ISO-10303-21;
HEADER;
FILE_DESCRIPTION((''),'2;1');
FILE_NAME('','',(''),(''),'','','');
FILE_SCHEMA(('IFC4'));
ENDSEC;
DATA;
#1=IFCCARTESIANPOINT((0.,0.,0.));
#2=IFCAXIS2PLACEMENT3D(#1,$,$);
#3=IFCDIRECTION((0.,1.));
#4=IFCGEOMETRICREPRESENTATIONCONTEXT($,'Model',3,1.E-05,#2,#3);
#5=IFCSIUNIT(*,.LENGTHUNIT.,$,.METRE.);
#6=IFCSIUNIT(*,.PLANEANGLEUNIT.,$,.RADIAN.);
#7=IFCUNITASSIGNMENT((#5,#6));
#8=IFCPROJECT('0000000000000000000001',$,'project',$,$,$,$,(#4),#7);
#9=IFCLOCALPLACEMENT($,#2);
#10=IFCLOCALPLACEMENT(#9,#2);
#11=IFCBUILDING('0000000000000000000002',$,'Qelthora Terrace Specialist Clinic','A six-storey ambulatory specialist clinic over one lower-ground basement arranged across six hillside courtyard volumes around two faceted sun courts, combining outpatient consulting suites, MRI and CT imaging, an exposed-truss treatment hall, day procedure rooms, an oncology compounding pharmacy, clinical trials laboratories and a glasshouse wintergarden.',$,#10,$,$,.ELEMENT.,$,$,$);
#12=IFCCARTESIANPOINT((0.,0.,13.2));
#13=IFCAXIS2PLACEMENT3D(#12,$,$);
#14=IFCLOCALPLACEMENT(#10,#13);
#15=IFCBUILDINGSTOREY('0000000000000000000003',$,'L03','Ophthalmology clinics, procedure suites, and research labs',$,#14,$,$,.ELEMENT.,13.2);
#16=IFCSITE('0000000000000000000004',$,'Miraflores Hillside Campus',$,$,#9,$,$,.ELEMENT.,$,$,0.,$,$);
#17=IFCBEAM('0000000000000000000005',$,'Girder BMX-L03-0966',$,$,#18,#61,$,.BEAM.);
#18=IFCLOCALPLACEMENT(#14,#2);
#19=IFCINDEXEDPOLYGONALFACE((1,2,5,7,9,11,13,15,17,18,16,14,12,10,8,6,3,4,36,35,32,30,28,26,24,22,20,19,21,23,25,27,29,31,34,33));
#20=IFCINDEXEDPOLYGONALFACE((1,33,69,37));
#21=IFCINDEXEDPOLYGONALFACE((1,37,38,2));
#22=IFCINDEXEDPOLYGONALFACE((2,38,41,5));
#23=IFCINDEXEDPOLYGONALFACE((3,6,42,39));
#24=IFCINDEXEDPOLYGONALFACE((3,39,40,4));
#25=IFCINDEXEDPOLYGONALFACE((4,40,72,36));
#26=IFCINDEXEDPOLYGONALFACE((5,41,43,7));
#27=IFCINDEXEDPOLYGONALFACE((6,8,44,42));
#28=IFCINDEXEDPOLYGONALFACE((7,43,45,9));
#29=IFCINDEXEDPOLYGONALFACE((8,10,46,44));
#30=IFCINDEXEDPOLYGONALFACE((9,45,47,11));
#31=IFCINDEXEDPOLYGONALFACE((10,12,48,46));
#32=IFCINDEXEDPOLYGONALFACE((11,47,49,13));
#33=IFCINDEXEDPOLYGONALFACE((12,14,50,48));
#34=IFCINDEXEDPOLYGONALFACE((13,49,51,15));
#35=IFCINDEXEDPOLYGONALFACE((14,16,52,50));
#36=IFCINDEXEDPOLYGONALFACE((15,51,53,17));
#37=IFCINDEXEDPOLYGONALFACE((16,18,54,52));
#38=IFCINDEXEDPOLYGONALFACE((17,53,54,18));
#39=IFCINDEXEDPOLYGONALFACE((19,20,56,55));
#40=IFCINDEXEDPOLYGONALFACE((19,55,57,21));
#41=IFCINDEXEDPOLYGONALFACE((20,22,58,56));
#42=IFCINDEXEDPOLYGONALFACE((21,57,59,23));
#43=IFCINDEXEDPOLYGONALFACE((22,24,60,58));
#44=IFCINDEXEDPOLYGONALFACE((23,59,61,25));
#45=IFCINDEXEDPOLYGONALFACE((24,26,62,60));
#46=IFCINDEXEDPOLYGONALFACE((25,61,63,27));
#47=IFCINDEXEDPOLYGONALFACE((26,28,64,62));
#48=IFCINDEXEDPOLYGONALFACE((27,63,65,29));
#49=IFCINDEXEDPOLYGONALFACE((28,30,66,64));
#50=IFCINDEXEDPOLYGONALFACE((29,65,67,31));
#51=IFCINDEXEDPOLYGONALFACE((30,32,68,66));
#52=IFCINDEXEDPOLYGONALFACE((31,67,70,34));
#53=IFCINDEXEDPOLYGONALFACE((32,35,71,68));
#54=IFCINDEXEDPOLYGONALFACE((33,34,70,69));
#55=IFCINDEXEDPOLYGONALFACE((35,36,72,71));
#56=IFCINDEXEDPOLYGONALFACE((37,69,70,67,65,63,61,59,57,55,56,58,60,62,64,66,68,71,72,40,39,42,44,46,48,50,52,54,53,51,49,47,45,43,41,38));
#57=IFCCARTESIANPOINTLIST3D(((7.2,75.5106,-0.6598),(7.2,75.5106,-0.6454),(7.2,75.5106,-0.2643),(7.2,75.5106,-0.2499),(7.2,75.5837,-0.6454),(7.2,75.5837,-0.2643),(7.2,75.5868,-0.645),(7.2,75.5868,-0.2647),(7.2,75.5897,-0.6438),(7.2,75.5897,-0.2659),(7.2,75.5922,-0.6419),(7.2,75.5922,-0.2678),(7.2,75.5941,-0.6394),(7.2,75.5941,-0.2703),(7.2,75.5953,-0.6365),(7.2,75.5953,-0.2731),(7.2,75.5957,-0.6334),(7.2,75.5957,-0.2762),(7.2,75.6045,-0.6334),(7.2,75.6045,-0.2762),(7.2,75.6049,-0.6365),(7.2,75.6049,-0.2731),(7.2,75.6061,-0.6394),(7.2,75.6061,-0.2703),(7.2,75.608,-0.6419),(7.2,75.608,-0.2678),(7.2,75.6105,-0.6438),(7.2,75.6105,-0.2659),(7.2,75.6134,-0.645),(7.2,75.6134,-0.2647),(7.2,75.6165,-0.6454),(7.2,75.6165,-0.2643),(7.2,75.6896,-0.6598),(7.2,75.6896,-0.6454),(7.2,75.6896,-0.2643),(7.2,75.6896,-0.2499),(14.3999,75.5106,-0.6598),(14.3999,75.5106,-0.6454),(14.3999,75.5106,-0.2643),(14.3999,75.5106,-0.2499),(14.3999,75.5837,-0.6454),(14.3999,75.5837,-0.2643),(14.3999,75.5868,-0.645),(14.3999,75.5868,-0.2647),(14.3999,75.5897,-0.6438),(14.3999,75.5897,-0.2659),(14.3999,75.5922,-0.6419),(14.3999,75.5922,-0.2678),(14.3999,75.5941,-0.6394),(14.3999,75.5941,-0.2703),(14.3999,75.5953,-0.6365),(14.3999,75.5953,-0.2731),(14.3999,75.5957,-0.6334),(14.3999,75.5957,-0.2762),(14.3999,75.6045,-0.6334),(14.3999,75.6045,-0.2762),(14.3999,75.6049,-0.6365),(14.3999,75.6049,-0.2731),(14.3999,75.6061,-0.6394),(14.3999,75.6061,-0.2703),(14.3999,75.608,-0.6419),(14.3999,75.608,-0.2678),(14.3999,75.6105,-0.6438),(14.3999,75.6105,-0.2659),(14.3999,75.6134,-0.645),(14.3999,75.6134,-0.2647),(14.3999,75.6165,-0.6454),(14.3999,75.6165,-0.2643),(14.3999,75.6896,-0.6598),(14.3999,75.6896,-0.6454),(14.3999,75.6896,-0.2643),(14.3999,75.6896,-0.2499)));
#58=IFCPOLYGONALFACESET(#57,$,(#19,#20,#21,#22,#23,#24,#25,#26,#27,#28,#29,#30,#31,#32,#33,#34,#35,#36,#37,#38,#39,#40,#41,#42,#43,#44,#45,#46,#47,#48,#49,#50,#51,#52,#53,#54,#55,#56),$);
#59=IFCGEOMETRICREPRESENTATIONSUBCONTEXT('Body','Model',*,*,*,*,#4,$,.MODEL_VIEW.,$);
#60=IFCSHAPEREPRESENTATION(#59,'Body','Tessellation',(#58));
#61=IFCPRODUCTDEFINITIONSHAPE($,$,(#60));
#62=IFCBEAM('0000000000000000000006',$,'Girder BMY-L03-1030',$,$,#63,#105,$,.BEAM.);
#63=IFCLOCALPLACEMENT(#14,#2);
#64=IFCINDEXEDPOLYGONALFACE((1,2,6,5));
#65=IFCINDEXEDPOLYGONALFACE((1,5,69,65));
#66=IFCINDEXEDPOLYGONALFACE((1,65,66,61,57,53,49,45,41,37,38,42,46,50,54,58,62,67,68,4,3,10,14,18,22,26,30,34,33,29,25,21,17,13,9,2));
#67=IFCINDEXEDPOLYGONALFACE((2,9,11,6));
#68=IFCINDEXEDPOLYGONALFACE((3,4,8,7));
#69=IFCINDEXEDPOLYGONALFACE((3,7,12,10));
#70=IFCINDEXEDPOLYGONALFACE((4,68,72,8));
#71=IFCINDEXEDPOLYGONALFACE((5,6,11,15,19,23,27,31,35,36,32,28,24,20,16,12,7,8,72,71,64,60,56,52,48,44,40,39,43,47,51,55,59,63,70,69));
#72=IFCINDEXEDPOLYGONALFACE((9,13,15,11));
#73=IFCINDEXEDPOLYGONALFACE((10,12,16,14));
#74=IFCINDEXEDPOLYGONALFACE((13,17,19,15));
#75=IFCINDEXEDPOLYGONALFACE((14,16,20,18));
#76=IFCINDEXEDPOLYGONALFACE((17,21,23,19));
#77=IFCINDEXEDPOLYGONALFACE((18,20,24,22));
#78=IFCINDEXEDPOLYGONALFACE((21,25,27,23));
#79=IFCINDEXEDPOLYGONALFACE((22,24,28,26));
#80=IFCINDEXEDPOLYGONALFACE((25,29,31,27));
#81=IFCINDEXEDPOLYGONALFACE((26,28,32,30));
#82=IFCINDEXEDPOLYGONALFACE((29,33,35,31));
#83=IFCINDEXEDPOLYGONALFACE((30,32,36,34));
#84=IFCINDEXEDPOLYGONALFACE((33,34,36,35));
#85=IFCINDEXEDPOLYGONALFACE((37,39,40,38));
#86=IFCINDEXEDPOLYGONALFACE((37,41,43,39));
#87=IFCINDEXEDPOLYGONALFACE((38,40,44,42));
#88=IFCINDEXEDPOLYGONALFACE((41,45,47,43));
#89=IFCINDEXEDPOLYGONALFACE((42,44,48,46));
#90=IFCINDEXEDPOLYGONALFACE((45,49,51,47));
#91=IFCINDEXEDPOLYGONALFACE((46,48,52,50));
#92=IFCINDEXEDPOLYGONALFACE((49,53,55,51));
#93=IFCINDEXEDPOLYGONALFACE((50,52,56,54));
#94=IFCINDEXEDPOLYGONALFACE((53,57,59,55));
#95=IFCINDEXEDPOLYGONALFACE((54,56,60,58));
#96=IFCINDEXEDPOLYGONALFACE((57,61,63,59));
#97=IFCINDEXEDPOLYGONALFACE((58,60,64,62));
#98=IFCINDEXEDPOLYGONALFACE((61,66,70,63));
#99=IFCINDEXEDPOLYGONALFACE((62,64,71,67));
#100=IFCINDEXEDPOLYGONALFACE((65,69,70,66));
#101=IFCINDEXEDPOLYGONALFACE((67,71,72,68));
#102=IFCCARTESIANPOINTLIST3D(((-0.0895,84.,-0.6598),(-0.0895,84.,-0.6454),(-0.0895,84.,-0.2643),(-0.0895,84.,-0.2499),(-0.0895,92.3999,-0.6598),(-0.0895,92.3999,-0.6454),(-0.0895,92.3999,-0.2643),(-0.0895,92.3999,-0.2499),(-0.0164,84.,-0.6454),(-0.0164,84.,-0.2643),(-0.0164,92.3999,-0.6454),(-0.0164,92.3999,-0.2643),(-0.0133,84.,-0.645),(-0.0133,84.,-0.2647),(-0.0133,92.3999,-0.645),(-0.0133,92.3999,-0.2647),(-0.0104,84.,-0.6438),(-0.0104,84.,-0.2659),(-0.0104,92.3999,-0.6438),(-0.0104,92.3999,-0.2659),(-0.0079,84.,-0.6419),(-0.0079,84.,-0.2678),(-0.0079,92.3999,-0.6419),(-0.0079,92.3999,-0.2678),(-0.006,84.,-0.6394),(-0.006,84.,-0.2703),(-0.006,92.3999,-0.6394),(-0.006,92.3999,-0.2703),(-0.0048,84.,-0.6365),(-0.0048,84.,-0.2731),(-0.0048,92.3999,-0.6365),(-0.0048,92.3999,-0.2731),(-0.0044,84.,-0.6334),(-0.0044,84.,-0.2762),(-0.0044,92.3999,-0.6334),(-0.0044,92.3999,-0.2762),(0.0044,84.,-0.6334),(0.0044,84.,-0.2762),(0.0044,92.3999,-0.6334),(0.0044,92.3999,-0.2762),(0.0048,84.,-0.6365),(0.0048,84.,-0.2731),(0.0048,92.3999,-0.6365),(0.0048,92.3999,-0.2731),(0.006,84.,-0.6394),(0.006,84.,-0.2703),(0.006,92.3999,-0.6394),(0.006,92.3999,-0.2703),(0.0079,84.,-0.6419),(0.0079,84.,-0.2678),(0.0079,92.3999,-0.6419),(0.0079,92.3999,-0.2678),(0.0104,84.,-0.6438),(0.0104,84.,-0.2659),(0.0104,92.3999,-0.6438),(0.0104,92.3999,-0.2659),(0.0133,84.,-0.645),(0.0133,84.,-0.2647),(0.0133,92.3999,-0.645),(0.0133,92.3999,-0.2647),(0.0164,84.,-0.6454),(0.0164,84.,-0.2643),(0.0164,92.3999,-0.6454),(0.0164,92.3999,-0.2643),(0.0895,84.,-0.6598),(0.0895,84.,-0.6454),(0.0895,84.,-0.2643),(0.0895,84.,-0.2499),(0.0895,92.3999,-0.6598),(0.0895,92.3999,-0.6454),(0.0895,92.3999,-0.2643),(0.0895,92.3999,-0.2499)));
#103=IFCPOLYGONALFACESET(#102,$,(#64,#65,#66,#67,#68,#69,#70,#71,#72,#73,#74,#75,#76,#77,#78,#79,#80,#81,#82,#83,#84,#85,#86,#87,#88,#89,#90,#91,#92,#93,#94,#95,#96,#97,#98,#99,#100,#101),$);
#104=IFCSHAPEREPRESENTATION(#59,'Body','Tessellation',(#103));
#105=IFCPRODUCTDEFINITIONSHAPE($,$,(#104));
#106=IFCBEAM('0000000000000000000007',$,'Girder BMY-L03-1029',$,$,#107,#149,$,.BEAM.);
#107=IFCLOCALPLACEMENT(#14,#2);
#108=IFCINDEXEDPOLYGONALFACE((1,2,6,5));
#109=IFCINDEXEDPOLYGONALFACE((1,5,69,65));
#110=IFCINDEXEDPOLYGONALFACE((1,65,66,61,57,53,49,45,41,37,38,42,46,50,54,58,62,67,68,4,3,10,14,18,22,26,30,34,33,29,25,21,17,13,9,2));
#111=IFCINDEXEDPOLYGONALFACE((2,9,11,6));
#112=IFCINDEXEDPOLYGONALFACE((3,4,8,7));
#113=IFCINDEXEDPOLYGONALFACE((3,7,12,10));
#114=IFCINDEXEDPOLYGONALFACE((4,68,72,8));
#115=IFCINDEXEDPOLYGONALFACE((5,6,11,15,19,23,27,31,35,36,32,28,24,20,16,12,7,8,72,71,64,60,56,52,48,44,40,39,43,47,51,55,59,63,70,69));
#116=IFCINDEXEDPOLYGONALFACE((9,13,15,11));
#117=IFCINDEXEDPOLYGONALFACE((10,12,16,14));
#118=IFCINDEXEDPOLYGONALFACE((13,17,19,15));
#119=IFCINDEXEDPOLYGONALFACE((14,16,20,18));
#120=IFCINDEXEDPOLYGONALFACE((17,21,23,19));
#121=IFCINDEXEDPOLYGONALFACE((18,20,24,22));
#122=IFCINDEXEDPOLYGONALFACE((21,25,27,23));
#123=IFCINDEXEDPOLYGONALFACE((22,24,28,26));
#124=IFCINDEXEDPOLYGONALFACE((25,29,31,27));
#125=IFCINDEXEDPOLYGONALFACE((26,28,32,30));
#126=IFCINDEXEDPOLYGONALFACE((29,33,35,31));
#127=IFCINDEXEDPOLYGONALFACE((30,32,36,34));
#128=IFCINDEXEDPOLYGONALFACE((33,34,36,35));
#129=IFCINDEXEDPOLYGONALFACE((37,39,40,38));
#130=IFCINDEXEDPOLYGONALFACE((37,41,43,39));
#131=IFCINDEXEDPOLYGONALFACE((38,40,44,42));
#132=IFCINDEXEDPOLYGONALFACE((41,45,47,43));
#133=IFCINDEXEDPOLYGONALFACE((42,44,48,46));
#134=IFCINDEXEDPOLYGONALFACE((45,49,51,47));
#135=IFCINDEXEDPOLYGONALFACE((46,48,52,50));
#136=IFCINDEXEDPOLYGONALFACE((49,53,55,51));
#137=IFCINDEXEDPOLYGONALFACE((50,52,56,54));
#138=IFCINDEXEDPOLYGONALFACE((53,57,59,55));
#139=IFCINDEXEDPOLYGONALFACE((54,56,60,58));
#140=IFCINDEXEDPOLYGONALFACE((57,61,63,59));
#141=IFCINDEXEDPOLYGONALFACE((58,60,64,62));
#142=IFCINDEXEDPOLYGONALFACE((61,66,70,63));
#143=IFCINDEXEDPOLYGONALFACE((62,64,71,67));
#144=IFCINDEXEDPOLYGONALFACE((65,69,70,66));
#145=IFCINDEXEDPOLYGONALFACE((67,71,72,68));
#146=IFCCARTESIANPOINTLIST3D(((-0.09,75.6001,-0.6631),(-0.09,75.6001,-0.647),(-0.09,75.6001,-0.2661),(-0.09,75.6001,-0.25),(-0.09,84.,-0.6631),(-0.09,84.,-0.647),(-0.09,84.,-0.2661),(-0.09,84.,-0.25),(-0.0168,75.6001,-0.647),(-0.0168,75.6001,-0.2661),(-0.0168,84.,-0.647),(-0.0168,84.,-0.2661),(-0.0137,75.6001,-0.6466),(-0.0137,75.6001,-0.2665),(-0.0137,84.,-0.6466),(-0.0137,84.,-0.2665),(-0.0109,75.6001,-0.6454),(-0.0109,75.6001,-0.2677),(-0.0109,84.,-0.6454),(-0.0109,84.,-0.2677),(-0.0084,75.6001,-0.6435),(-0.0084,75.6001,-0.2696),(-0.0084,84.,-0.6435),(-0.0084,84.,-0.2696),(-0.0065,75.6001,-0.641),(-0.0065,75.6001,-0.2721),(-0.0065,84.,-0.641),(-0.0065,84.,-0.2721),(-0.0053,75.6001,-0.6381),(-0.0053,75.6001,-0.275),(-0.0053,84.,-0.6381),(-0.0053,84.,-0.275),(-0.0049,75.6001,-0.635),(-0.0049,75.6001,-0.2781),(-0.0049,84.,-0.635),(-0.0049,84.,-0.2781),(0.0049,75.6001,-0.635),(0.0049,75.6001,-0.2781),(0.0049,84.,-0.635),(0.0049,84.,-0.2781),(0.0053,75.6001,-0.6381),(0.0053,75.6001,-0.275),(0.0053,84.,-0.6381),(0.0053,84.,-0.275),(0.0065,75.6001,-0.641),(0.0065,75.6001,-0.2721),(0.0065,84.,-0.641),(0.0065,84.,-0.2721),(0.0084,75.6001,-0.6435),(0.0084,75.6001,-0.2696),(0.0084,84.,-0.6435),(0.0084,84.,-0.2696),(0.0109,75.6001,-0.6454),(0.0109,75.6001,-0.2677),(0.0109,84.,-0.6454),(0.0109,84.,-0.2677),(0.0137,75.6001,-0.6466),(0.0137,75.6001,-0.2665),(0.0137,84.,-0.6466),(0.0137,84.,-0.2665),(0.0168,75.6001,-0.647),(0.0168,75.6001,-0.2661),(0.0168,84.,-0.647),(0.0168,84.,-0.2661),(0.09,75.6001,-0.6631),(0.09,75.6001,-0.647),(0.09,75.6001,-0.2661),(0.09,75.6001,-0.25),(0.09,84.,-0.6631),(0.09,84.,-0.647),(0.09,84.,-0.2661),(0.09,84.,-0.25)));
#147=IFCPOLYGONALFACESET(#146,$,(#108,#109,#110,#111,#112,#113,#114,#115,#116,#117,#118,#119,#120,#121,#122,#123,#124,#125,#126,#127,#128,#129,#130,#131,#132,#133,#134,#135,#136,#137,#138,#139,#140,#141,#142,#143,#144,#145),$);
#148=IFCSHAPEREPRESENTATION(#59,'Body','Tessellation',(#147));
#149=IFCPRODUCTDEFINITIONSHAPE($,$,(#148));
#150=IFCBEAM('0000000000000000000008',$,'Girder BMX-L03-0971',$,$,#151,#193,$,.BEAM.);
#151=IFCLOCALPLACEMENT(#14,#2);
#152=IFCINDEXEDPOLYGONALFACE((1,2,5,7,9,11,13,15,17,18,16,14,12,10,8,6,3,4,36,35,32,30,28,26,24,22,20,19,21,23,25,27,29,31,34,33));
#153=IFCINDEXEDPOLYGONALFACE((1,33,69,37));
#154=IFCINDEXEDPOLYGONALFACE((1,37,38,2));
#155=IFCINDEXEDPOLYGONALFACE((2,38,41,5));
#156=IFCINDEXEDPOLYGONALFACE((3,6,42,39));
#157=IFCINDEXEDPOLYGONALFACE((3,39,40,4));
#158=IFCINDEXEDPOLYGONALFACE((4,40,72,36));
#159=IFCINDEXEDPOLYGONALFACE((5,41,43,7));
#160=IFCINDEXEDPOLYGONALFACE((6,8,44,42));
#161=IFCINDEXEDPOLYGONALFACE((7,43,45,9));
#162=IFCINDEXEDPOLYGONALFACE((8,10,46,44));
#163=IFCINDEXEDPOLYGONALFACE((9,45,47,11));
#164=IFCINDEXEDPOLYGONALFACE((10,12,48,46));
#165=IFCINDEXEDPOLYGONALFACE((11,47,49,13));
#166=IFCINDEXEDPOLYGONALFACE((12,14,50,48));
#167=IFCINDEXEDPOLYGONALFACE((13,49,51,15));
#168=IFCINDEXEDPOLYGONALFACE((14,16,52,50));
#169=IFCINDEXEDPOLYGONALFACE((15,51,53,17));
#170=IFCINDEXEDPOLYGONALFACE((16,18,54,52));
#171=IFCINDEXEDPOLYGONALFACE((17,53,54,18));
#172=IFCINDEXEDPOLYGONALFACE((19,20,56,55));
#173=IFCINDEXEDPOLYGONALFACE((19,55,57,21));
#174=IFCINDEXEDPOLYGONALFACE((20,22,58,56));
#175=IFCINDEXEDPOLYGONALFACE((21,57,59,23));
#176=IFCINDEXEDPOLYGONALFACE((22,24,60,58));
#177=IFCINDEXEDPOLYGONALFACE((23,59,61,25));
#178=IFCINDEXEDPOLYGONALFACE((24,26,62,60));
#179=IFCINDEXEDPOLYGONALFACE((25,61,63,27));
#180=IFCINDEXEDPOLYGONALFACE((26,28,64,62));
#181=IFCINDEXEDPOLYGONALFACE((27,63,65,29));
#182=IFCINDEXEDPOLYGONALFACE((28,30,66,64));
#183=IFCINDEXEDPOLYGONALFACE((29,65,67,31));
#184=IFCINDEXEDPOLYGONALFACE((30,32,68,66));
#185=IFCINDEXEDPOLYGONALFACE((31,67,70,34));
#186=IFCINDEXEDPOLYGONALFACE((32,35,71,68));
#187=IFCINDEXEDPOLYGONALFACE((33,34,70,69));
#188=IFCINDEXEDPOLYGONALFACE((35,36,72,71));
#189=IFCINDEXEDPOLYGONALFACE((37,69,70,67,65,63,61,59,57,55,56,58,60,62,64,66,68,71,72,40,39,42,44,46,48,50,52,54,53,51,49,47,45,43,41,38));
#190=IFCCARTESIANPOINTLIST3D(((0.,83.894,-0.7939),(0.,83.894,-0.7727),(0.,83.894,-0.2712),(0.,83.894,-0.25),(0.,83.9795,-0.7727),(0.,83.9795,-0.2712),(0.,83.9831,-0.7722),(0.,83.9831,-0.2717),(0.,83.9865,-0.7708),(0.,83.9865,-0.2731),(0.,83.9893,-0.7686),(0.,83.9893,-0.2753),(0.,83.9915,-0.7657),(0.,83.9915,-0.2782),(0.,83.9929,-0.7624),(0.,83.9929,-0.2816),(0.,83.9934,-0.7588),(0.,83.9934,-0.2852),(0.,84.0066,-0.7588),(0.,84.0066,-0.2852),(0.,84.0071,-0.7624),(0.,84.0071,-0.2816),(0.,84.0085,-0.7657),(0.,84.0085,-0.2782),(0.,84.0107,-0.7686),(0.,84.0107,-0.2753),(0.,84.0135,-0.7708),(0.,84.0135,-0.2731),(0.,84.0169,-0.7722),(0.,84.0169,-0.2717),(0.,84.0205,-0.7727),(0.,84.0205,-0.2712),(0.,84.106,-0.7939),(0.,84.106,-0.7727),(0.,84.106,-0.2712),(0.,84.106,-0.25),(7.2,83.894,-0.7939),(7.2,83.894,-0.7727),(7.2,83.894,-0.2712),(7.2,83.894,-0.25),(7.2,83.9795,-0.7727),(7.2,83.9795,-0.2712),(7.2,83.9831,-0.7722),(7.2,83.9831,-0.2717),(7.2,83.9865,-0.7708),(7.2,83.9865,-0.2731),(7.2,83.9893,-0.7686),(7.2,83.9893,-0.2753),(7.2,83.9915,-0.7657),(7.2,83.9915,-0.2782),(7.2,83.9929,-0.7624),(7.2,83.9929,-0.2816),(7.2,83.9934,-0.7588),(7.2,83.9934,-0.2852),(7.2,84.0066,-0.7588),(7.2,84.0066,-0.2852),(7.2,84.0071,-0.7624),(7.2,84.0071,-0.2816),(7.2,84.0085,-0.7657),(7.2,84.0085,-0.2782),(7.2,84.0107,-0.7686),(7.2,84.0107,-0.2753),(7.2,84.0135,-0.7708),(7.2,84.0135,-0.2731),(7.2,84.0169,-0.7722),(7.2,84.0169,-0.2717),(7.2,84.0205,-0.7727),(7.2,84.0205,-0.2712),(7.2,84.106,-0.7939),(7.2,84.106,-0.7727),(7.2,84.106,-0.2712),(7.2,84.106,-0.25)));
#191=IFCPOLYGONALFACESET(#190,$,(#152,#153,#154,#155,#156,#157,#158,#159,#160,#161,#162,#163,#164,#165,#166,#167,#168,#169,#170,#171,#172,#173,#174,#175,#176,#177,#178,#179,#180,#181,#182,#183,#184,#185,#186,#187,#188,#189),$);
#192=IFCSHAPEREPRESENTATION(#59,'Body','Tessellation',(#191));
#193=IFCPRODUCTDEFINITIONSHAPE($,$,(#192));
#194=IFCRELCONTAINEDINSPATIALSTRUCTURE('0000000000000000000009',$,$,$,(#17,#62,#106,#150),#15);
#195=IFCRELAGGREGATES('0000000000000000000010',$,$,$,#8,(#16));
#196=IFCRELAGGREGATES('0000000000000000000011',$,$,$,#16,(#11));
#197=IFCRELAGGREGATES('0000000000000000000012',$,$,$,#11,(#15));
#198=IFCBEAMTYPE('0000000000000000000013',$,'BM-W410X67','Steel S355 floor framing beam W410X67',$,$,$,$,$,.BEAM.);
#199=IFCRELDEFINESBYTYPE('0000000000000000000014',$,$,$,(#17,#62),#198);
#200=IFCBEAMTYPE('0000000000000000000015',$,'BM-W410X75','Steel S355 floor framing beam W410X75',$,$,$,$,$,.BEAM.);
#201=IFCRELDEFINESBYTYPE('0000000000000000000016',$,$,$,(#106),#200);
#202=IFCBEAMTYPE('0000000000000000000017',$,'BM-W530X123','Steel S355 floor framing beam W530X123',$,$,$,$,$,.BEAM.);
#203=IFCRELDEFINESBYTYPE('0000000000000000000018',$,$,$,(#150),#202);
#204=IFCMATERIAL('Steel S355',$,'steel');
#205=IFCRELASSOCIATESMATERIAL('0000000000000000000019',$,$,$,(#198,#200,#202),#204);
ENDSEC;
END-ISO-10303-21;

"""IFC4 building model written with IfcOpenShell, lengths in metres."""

from ifc_helpers import new_model, si_unit, direction, frame, origin, origin_2d, place, context, subcontext, project, spatial, i_section, extrude, material, material_profile, profile_set, type_object, element, save


model = new_model("IFC4")

# Units and contexts
model_context = context("Model", 3, precision=1e-05, world=origin(), true_north=direction((0.0, 1.0)))
body_context = subcontext(model_context, "Body", "Model", "MODEL_VIEW")
ifc_project = project(units=[si_unit("LENGTHUNIT", "METRE"), si_unit("PLANEANGLEUNIT", "RADIAN")], contexts=[model_context])

# Site, building, storey
site_placement = place(None, origin())
site = spatial("IfcSite", under=ifc_project, at=site_placement, Name="Miraflores Hillside Campus", CompositionType="ELEMENT", RefElevation=0.0)
building_placement = place(site_placement, origin())
building = spatial("IfcBuilding", under=site, at=building_placement, Name="Qelthora Terrace Specialist Clinic", Description="A six-storey ambulatory specialist clinic over one lower-ground basement arranged across six hillside courtyard volumes around two faceted sun courts, combining outpatient consulting suites, MRI and CT imaging, an exposed-truss treatment hall, day procedure rooms, an oncology compounding pharmacy, clinical trials laboratories and a glasshouse wintergarden.", CompositionType="ELEMENT")
storey_placement = place(building_placement, frame((0.0, 0.0, 13.2)))
storey = spatial("IfcBuildingStorey", under=building, at=storey_placement, Name="L03", Description="Ophthalmology clinics, procedure suites, and research labs", CompositionType="ELEMENT", Elevation=13.2)

# Shared definitions
ifc_material_1 = material(Name="Steel S355", Category="steel")

# Beams
ifc_material_profile_1 = material_profile(ifc_material_1, i_section(OverallWidth=0.179, OverallDepth=0.4099, WebThickness=0.0088, FlangeThickness=0.0144, FilletRadius=0.012, at=origin_2d()), Name="W410X67")
ifc_profile_set_1 = profile_set([ifc_material_profile_1], Name="Steel S355")
beam_type_1 = type_object("IfcBeamType", Name="BM-W410X67", Description="Steel S355 floor framing beam W410X67", PredefinedType="BEAM", material=ifc_profile_set_1)
beam_1_placement = place(storey_placement, frame((7.2, 75.6001, -0.4548), z_axis=(1.0, 0.0, 0.0), x_axis=(0.0, 1.0, 0.0)))
element("IfcBeam", 1, at=beam_1_placement, inside=storey, type_object=beam_type_1, Name="Girder BMX-L03-0966", PredefinedType="BEAM", context=body_context, shape_type="SweptSolid", body=[
    extrude(i_section(OverallWidth=0.179, OverallDepth=0.4099, WebThickness=0.0088, FlangeThickness=0.0144, FilletRadius=0.012, at=origin_2d()), origin(), (0.0, 0.0, 1.0), 7.2),
])
beam_2_placement = place(storey_placement, frame((0.0, 84.0, -0.4548), z_axis=(0.0, 1.0, 0.0), x_axis=(-1.0, 0.0, 0.0)))
element("IfcBeam", 2, at=beam_2_placement, inside=storey, type_object=beam_type_1, Name="Girder BMY-L03-1030", PredefinedType="BEAM", context=body_context, shape_type="SweptSolid", body=[
    extrude(i_section(OverallWidth=0.179, OverallDepth=0.4099, WebThickness=0.0088, FlangeThickness=0.0144, FilletRadius=0.012, at=origin_2d()), origin(), (0.0, 0.0, 1.0), 8.3999),
])
ifc_material_profile_2 = material_profile(ifc_material_1, i_section(OverallWidth=0.1799, OverallDepth=0.4131, WebThickness=0.0098, FlangeThickness=0.0161, FilletRadius=0.012, at=origin_2d()), Name="W410X75")
ifc_profile_set_2 = profile_set([ifc_material_profile_2], Name="Steel S355")
beam_type_2 = type_object("IfcBeamType", Name="BM-W410X75", Description="Steel S355 floor framing beam W410X75", PredefinedType="BEAM", material=ifc_profile_set_2)
beam_3_placement = place(storey_placement, frame((0.0, 75.6001, -0.4565), z_axis=(0.0, 1.0, 0.0), x_axis=(-1.0, 0.0, 0.0)))
element("IfcBeam", 3, at=beam_3_placement, inside=storey, type_object=beam_type_2, Name="Girder BMY-L03-1029", PredefinedType="BEAM", context=body_context, shape_type="SweptSolid", body=[
    extrude(i_section(OverallWidth=0.1799, OverallDepth=0.4131, WebThickness=0.0098, FlangeThickness=0.0161, FilletRadius=0.012, at=origin_2d()), origin(), (0.0, 0.0, 1.0), 8.3999),
])
ifc_material_profile_3 = material_profile(ifc_material_1, i_section(OverallWidth=0.2119, OverallDepth=0.5439, WebThickness=0.0132, FlangeThickness=0.0212, FilletRadius=0.0139, at=origin_2d()), Name="W530X123")
ifc_profile_set_3 = profile_set([ifc_material_profile_3], Name="Steel S355")
beam_type_3 = type_object("IfcBeamType", Name="BM-W530X123", Description="Steel S355 floor framing beam W530X123", PredefinedType="BEAM", material=ifc_profile_set_3)
beam_4_placement = place(storey_placement, frame((0.0, 84.0, -0.522), z_axis=(1.0, 0.0, 0.0), x_axis=(0.0, 1.0, 0.0)))
element("IfcBeam", 4, at=beam_4_placement, inside=storey, type_object=beam_type_3, Name="Girder BMX-L03-0971", PredefinedType="BEAM", context=body_context, shape_type="SweptSolid", body=[
    extrude(i_section(OverallWidth=0.2119, OverallDepth=0.5439, WebThickness=0.0132, FlangeThickness=0.0212, FilletRadius=0.0139, at=origin_2d()), origin(), (0.0, 0.0, 1.0), 7.2),
])

save(model, "model.ifc")
